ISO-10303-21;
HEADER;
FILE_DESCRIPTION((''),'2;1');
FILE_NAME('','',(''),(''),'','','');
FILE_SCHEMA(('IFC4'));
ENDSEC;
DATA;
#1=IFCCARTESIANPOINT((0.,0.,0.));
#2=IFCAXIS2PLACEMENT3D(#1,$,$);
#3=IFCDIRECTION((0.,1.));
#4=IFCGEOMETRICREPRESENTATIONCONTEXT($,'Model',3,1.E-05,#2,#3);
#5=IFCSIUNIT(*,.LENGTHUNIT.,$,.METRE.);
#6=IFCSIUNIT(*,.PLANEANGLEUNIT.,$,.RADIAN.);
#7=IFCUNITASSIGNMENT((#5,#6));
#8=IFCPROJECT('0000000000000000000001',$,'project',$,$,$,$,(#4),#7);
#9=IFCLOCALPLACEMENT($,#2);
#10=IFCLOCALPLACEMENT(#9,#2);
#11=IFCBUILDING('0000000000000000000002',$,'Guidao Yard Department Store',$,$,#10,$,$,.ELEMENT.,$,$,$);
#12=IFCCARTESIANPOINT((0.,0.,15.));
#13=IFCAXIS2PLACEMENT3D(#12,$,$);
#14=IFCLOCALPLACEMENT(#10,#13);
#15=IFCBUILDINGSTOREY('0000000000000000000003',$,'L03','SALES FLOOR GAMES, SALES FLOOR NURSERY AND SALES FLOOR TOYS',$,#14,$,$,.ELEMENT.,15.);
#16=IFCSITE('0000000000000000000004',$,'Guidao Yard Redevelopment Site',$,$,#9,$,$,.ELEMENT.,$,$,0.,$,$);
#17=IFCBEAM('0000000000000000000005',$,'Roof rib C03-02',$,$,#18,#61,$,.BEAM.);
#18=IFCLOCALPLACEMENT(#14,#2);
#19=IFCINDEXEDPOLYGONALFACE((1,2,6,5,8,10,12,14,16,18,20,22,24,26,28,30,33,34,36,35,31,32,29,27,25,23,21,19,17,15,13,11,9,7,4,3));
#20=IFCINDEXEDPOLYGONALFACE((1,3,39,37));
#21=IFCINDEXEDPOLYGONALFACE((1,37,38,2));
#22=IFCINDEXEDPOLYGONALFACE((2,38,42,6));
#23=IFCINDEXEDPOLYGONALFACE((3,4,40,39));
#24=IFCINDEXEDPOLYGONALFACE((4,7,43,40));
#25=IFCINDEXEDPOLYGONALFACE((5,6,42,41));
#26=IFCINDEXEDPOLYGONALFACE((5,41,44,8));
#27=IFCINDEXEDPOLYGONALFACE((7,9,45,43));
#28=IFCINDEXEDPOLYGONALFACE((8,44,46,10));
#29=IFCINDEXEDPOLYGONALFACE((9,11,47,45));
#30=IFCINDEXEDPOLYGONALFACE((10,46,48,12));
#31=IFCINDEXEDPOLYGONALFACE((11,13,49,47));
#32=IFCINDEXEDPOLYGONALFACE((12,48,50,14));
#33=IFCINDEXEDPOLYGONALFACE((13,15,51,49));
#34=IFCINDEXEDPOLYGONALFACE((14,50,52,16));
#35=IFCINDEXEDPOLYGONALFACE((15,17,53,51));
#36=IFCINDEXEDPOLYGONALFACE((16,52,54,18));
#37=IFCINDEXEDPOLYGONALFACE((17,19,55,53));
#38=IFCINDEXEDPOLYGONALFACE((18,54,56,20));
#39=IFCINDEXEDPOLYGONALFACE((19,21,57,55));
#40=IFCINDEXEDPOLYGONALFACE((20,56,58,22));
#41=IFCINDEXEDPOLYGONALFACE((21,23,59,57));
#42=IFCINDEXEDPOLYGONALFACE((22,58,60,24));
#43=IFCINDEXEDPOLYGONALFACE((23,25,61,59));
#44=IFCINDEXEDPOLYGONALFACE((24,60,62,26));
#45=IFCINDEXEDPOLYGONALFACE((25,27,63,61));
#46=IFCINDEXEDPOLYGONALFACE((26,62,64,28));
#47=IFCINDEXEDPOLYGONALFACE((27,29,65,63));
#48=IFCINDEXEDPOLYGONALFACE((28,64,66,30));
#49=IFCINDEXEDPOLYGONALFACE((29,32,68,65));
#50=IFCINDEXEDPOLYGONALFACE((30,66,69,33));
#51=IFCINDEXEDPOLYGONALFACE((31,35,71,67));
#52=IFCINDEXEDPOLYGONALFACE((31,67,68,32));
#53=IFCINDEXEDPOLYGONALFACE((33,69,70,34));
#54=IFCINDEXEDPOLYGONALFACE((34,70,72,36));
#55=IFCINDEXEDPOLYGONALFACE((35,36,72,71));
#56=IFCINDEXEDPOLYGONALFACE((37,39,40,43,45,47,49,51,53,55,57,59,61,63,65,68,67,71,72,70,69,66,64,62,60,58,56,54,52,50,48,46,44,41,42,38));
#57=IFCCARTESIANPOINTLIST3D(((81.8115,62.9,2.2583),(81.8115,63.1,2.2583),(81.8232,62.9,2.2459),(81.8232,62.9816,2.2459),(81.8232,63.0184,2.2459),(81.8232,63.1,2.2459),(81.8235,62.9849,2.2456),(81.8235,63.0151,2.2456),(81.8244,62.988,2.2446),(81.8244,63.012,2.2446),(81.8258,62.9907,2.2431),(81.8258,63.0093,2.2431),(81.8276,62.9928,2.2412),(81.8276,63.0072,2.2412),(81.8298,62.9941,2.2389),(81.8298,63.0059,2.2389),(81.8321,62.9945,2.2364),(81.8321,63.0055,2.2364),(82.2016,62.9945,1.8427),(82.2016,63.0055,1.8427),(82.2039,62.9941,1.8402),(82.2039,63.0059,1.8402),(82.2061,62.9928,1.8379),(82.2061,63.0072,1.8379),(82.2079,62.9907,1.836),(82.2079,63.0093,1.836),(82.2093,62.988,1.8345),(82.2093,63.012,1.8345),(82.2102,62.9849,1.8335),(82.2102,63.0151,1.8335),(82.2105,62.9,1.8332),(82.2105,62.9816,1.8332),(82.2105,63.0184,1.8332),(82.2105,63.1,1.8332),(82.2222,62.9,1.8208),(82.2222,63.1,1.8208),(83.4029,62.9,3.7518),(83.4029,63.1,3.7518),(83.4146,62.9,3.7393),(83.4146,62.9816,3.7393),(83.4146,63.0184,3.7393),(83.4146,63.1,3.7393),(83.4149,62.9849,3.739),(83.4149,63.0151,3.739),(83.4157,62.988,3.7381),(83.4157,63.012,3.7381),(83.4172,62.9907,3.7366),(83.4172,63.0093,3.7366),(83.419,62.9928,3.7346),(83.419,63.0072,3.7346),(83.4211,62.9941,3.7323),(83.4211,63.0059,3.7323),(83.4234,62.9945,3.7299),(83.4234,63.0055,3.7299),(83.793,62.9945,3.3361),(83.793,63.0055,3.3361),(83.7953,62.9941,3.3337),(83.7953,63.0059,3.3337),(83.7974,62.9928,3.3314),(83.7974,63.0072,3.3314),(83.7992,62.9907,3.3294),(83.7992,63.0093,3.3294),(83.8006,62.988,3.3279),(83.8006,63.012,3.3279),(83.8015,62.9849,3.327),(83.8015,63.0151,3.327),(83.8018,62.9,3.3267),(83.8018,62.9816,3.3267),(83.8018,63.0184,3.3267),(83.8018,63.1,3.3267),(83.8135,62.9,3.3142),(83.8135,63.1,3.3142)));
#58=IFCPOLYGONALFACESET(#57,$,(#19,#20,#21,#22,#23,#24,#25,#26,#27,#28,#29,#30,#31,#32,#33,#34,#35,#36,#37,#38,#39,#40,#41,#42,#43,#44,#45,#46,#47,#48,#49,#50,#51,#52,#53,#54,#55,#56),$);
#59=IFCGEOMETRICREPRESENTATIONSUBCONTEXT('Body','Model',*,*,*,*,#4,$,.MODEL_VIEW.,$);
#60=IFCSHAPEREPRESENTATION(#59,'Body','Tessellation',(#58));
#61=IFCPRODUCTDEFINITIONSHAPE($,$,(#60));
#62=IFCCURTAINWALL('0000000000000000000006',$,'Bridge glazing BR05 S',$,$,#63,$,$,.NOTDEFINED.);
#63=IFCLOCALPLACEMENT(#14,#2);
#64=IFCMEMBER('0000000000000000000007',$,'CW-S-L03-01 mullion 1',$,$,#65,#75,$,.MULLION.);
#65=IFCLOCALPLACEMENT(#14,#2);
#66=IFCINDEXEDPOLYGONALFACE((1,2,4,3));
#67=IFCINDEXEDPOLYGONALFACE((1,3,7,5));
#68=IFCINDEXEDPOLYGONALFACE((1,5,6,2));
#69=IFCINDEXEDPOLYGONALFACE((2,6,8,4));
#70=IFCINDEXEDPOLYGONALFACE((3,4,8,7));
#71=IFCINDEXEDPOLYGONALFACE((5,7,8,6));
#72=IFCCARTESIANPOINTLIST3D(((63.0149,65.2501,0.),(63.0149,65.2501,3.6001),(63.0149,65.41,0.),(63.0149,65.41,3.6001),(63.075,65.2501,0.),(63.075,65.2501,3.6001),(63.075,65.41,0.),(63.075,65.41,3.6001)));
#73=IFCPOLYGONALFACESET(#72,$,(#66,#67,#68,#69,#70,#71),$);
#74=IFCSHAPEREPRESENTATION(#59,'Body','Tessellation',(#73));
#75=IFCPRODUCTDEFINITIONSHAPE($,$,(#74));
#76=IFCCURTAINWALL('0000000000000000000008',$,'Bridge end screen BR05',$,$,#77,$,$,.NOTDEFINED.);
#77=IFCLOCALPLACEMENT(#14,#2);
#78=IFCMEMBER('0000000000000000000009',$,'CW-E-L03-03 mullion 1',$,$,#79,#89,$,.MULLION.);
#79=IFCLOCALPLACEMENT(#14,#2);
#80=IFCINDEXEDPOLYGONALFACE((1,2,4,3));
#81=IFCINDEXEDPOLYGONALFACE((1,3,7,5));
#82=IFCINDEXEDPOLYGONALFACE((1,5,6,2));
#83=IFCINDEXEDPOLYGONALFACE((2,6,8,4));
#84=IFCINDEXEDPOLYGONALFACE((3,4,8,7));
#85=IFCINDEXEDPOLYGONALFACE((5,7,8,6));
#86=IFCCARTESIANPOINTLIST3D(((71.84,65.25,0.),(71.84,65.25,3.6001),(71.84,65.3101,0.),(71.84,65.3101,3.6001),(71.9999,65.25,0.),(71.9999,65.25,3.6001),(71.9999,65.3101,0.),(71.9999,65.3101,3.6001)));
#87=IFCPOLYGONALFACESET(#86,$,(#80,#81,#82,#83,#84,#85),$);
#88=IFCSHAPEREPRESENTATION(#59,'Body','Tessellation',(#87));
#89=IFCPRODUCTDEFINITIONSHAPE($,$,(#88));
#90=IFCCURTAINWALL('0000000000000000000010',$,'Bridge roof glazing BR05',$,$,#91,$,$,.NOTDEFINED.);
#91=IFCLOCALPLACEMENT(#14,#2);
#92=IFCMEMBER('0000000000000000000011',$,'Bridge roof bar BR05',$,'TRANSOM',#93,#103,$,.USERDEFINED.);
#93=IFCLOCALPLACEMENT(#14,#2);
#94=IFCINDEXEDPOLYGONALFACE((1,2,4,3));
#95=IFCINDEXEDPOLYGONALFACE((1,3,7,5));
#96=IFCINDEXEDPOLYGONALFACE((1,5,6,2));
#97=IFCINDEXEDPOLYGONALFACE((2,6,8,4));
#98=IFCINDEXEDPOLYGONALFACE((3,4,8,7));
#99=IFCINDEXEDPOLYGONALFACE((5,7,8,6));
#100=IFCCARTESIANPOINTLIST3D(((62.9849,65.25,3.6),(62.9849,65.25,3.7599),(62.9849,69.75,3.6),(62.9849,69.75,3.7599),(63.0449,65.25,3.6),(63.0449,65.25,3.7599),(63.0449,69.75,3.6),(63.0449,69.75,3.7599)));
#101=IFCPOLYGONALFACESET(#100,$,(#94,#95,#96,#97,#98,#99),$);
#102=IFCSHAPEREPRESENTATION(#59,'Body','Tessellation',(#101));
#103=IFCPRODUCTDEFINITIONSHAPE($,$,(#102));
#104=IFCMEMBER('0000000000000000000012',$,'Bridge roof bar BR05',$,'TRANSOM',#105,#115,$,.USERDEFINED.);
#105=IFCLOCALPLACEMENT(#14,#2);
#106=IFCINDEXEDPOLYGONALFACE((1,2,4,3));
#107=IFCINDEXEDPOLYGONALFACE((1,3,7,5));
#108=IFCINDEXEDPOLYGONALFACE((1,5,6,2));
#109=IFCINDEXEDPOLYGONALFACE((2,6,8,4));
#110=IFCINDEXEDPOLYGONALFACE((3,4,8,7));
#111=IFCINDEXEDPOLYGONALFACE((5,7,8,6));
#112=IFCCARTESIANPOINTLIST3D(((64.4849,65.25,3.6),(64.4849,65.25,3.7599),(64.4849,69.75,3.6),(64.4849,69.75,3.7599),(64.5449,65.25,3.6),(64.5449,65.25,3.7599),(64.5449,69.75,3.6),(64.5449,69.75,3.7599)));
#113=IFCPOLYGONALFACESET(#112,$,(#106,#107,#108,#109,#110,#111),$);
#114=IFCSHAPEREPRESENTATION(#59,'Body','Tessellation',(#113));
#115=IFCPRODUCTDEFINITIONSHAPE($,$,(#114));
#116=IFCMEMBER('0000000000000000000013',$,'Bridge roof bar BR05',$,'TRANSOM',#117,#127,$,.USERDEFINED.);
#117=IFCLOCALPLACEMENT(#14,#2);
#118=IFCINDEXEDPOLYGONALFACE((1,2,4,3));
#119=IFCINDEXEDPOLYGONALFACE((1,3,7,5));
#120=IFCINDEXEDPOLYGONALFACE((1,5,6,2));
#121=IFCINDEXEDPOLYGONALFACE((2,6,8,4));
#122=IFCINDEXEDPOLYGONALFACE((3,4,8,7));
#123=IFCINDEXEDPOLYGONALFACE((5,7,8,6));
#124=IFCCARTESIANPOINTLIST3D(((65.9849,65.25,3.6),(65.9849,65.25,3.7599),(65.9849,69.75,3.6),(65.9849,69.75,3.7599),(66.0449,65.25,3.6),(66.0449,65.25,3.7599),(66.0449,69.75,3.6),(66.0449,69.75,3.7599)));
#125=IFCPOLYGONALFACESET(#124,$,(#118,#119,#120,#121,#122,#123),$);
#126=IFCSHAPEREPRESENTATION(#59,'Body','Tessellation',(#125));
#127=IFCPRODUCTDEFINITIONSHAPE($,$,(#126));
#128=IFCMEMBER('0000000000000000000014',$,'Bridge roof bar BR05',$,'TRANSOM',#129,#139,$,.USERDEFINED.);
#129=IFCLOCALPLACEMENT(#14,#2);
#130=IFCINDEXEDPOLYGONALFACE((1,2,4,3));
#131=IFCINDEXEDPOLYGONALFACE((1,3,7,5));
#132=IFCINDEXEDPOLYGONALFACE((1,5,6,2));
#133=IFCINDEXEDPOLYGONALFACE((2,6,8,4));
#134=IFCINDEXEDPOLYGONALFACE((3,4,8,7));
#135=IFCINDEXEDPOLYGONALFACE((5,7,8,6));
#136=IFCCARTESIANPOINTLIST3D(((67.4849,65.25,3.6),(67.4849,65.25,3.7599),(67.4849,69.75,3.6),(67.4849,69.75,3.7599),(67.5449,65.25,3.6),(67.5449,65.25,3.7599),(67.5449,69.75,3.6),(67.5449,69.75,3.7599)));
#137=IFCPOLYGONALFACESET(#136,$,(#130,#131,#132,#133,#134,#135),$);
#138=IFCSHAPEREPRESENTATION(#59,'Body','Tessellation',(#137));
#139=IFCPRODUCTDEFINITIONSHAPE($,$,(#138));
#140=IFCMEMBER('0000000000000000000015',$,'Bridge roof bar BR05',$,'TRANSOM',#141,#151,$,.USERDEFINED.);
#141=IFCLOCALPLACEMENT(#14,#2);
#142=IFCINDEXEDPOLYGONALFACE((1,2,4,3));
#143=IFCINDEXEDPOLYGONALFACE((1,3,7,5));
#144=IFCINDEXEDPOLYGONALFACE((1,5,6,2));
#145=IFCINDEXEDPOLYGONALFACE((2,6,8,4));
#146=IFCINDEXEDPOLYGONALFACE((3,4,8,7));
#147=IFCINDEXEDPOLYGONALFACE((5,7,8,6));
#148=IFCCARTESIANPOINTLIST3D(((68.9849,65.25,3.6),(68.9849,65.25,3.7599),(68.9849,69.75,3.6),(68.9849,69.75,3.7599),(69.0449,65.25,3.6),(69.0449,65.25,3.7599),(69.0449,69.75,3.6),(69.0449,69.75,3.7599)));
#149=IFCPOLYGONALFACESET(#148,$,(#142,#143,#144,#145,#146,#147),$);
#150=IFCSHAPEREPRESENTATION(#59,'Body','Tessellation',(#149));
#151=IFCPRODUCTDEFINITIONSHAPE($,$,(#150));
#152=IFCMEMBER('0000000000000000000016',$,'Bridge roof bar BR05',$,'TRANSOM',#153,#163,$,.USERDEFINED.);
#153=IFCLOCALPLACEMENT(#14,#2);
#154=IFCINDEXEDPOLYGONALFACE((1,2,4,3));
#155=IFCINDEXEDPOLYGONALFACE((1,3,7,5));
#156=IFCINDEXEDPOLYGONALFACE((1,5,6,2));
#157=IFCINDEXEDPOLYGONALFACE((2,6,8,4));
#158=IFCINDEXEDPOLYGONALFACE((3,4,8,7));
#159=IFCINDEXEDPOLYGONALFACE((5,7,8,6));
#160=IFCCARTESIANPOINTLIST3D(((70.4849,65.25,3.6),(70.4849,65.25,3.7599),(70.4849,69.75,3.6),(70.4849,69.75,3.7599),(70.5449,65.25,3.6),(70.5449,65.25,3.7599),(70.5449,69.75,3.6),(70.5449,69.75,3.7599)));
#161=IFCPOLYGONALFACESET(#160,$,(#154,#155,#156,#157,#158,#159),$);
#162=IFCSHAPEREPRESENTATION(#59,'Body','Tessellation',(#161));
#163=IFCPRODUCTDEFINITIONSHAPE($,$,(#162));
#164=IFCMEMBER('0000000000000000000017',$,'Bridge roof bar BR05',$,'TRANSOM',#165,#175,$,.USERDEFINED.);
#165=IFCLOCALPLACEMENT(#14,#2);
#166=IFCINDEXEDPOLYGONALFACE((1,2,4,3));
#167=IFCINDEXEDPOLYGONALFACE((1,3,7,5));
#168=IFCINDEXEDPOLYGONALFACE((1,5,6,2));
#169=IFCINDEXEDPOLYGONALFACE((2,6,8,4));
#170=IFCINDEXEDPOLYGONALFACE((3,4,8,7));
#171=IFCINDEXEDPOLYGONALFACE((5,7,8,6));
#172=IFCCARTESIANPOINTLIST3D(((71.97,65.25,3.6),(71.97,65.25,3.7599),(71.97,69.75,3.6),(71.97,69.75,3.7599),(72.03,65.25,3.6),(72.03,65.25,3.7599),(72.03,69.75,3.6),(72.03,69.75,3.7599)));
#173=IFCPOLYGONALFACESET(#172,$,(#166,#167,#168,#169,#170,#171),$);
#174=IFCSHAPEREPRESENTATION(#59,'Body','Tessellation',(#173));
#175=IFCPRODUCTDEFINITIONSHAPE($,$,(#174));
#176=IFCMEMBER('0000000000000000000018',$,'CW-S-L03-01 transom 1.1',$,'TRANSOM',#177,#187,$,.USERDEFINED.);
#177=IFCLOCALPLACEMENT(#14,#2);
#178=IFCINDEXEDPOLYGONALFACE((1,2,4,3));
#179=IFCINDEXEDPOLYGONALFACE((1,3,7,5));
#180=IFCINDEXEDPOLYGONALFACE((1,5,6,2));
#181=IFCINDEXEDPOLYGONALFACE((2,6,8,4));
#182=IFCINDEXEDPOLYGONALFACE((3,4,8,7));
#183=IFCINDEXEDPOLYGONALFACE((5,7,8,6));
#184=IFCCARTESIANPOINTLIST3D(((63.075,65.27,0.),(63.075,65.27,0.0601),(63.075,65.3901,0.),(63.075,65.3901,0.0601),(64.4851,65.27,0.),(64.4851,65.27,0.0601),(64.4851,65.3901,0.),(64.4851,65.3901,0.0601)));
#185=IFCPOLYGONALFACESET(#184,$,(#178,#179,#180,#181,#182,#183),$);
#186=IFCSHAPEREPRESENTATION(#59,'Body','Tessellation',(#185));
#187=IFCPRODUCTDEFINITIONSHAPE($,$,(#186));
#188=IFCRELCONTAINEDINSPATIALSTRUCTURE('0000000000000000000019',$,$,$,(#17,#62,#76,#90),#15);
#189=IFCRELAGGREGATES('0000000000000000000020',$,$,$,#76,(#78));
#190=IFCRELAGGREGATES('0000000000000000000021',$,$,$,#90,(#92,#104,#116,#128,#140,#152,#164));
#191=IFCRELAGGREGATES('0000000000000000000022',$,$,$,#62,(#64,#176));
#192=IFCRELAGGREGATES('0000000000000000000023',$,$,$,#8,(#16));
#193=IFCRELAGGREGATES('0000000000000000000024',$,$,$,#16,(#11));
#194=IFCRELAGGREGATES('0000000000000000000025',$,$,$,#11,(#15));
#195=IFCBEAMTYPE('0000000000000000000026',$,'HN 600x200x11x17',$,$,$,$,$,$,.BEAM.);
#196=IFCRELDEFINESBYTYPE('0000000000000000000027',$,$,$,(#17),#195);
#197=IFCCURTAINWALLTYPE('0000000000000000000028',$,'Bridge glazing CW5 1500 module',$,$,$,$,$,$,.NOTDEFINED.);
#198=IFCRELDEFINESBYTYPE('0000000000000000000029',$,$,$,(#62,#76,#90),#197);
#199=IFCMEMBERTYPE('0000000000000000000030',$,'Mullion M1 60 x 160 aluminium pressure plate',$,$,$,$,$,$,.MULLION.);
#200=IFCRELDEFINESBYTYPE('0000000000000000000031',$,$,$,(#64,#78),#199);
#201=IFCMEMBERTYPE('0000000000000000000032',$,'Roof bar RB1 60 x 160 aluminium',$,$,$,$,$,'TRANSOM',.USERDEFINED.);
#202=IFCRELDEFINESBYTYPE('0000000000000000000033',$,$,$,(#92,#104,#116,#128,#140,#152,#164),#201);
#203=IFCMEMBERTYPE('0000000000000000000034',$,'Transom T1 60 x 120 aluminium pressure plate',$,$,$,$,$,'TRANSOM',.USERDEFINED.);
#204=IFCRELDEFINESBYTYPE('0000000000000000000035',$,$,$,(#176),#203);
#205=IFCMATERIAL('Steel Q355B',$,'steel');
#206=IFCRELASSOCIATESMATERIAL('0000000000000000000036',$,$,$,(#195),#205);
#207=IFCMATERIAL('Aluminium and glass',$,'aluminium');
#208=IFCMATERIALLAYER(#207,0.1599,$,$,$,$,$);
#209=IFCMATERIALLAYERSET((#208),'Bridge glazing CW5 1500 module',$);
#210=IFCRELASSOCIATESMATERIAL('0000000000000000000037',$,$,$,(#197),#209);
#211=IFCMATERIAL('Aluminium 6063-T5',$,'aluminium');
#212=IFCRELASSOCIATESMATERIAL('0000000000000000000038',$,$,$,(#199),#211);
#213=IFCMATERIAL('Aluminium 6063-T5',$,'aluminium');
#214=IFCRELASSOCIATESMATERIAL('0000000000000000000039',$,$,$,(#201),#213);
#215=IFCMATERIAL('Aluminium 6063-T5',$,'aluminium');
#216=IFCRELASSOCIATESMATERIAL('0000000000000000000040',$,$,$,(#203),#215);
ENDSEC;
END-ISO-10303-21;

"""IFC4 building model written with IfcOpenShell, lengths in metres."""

from ifc_helpers import new_model, si_unit, direction, frame, origin, origin_2d, place, context, subcontext, project, spatial, rectangle, i_section, extrude, material, layer, layer_set, material_profile, profile_set, type_object, element, aggregate, save


model = new_model("IFC4")

# Units and contexts
model_context = context("Model", 3, precision=1e-05, world=origin(), true_north=direction((0.0, 1.0)))
body_context = subcontext(model_context, "Body", "Model", "MODEL_VIEW")
ifc_project = project(units=[si_unit("LENGTHUNIT", "METRE"), si_unit("PLANEANGLEUNIT", "RADIAN")], contexts=[model_context])

# Site, building, storey
site_placement = place(None, origin())
site = spatial("IfcSite", under=ifc_project, at=site_placement, Name="Guidao Yard Redevelopment Site", CompositionType="ELEMENT", RefElevation=0.0)
building_placement = place(site_placement, origin())
building = spatial("IfcBuilding", under=site, at=building_placement, Name="Guidao Yard Department Store", CompositionType="ELEMENT")
storey_placement = place(building_placement, frame((0.0, 0.0, 15.0)))
storey = spatial("IfcBuildingStorey", under=building, at=storey_placement, Name="L03", Description="SALES FLOOR GAMES, SALES FLOOR NURSERY AND SALES FLOOR TOYS", CompositionType="ELEMENT", Elevation=15.0)

# Beam
ifc_material_1 = material(Name="Steel Q355B", Category="steel")
ifc_material_profile_1 = material_profile(ifc_material_1, i_section(OverallWidth=0.2, OverallDepth=0.6001, WebThickness=0.011, FlangeThickness=0.0171, FilletRadius=0.0129, at=origin_2d()), Name="HN 600x200x11x17")
ifc_profile_set_1 = profile_set([ifc_material_profile_1], Name="Steel Q355B")
beam_type_1 = type_object("IfcBeamType", Name="HN 600x200x11x17", PredefinedType="BEAM", material=ifc_profile_set_1)
beam_1_placement = place(storey_placement, frame((82.0168, 63.0, 2.0396), z_axis=(0.729181, 0.0, 0.684321), x_axis=(0.0, 1.0, 0.0)))
element("IfcBeam", 1, at=beam_1_placement, inside=storey, type_object=beam_type_1, Name="Roof rib C03-02", PredefinedType="BEAM", context=body_context, shape_type="SweptSolid", body=[
    extrude(i_section(OverallWidth=0.2, OverallDepth=0.6001, WebThickness=0.011, FlangeThickness=0.0171, FilletRadius=0.0129, at=origin_2d()), origin(), (0.0, 0.0, 1.0), 2.1824),
])

# Curtain walls, members
ifc_material_2 = material(Name="Aluminium and glass", Category="aluminium")
ifc_layer_1 = layer(ifc_material_2, 0.1599)
ifc_layer_set_1 = layer_set([ifc_layer_1], Name="Bridge glazing CW5 1500 module")
curtain_wall_type = type_object("IfcCurtainWallType", Name="Bridge glazing CW5 1500 module", PredefinedType="NOTDEFINED", material=ifc_layer_set_1)
curtain_wall_1_placement = place(storey_placement, origin())
curtain_wall_1 = element("IfcCurtainWall", 2, at=curtain_wall_1_placement, inside=storey, type_object=curtain_wall_type, Name="Bridge glazing BR05 S", PredefinedType="NOTDEFINED")
ifc_material_3 = material(Name="Aluminium 6063-T5", Category="aluminium")
ifc_material_profile_2 = material_profile(ifc_material_3, rectangle(XDim=0.0601, YDim=0.1599, at=origin_2d()), Name="Mullion M1 60 x 160 aluminium pressure plate")
ifc_profile_set_2 = profile_set([ifc_material_profile_2], Name="Aluminium 6063-T5")
member_type_1 = type_object("IfcMemberType", Name="Mullion M1 60 x 160 aluminium pressure plate", PredefinedType="MULLION", material=ifc_profile_set_2)
member_1_placement = place(storey_placement, frame((63.0449, 65.3301, 0.0), z_axis=(0.0, 0.0, 1.0), x_axis=(-1.0, 0.0, 0.0)))
member_1 = element("IfcMember", 3, at=member_1_placement, type_object=member_type_1, Name="CW-S-L03-01 mullion 1", PredefinedType="MULLION", context=body_context, shape_type="SweptSolid", body=[
    extrude(rectangle(XDim=0.0601, YDim=0.1599, at=origin_2d()), origin(), (0.0, 0.0, 1.0), 3.6001),
])
curtain_wall_2_placement = place(storey_placement, origin())
curtain_wall_2 = element("IfcCurtainWall", 4, at=curtain_wall_2_placement, inside=storey, type_object=curtain_wall_type, Name="Bridge end screen BR05", PredefinedType="NOTDEFINED")
member_2_placement = place(storey_placement, frame((71.9199, 65.28, 0.0), z_axis=(0.0, 0.0, 1.0), x_axis=(0.0, -1.0, 0.0)))
member_2 = element("IfcMember", 5, at=member_2_placement, type_object=member_type_1, Name="CW-E-L03-03 mullion 1", PredefinedType="MULLION", context=body_context, shape_type="SweptSolid", body=[
    extrude(rectangle(XDim=0.0601, YDim=0.1599, at=origin_2d()), origin(), (0.0, 0.0, 1.0), 3.6001),
])
aggregate(curtain_wall_2, [member_2])

# Curtain wall, members
curtain_wall_3_placement = place(storey_placement, origin())
curtain_wall_3 = element("IfcCurtainWall", 6, at=curtain_wall_3_placement, inside=storey, type_object=curtain_wall_type, Name="Bridge roof glazing BR05", PredefinedType="NOTDEFINED")
ifc_material_4 = material(Name="Aluminium 6063-T5", Category="aluminium")
ifc_material_profile_3 = material_profile(ifc_material_4, rectangle(XDim=0.0601, YDim=0.1599, at=origin_2d()), Name="Roof bar RB1 60 x 160 aluminium")
ifc_profile_set_3 = profile_set([ifc_material_profile_3], Name="Aluminium 6063-T5")
member_type_2 = type_object("IfcMemberType", Name="Roof bar RB1 60 x 160 aluminium", ElementType="TRANSOM", PredefinedType="USERDEFINED", material=ifc_profile_set_3)
member_3_placement = place(storey_placement, frame((63.0149, 65.25, 3.6799), z_axis=(0.0, 1.0, 0.0), x_axis=(-1.0, 0.0, 0.0)))
member_3 = element("IfcMember", 7, at=member_3_placement, type_object=member_type_2, Name="Bridge roof bar BR05", ObjectType="TRANSOM", PredefinedType="USERDEFINED", context=body_context, shape_type="SweptSolid", body=[
    extrude(rectangle(XDim=0.0601, YDim=0.1599, at=origin_2d()), origin(), (0.0, 0.0, 1.0), 4.5),
])
member_4_placement = place(storey_placement, frame((64.5149, 65.25, 3.6799), z_axis=(0.0, 1.0, 0.0), x_axis=(-1.0, 0.0, 0.0)))
member_4 = element("IfcMember", 8, at=member_4_placement, type_object=member_type_2, Name="Bridge roof bar BR05", ObjectType="TRANSOM", PredefinedType="USERDEFINED", context=body_context, shape_type="SweptSolid", body=[
    extrude(rectangle(XDim=0.0601, YDim=0.1599, at=origin_2d()), origin(), (0.0, 0.0, 1.0), 4.5),
])
member_5_placement = place(storey_placement, frame((66.0149, 65.25, 3.6799), z_axis=(0.0, 1.0, 0.0), x_axis=(-1.0, 0.0, 0.0)))
member_5 = element("IfcMember", 9, at=member_5_placement, type_object=member_type_2, Name="Bridge roof bar BR05", ObjectType="TRANSOM", PredefinedType="USERDEFINED", context=body_context, shape_type="SweptSolid", body=[
    extrude(rectangle(XDim=0.0601, YDim=0.1599, at=origin_2d()), origin(), (0.0, 0.0, 1.0), 4.5),
])
member_6_placement = place(storey_placement, frame((67.5149, 65.25, 3.6799), z_axis=(0.0, 1.0, 0.0), x_axis=(-1.0, 0.0, 0.0)))
member_6 = element("IfcMember", 10, at=member_6_placement, type_object=member_type_2, Name="Bridge roof bar BR05", ObjectType="TRANSOM", PredefinedType="USERDEFINED", context=body_context, shape_type="SweptSolid", body=[
    extrude(rectangle(XDim=0.0601, YDim=0.1599, at=origin_2d()), origin(), (0.0, 0.0, 1.0), 4.5),
])
member_7_placement = place(storey_placement, frame((69.0149, 65.25, 3.6799), z_axis=(0.0, 1.0, 0.0), x_axis=(-1.0, 0.0, 0.0)))
member_7 = element("IfcMember", 11, at=member_7_placement, type_object=member_type_2, Name="Bridge roof bar BR05", ObjectType="TRANSOM", PredefinedType="USERDEFINED", context=body_context, shape_type="SweptSolid", body=[
    extrude(rectangle(XDim=0.0601, YDim=0.1599, at=origin_2d()), origin(), (0.0, 0.0, 1.0), 4.5),
])
member_8_placement = place(storey_placement, frame((70.5149, 65.25, 3.6799), z_axis=(0.0, 1.0, 0.0), x_axis=(-1.0, 0.0, 0.0)))
member_8 = element("IfcMember", 12, at=member_8_placement, type_object=member_type_2, Name="Bridge roof bar BR05", ObjectType="TRANSOM", PredefinedType="USERDEFINED", context=body_context, shape_type="SweptSolid", body=[
    extrude(rectangle(XDim=0.0601, YDim=0.1599, at=origin_2d()), origin(), (0.0, 0.0, 1.0), 4.5),
])
member_9_placement = place(storey_placement, frame((72.0, 65.25, 3.6799), z_axis=(0.0, 1.0, 0.0), x_axis=(-1.0, 0.0, 0.0)))
member_9 = element("IfcMember", 13, at=member_9_placement, type_object=member_type_2, Name="Bridge roof bar BR05", ObjectType="TRANSOM", PredefinedType="USERDEFINED", context=body_context, shape_type="SweptSolid", body=[
    extrude(rectangle(XDim=0.0601, YDim=0.1599, at=origin_2d()), origin(), (0.0, 0.0, 1.0), 4.5),
])
aggregate(curtain_wall_3, [member_3, member_4, member_5, member_6, member_7, member_8, member_9])

# Member
ifc_material_5 = material(Name="Aluminium 6063-T5", Category="aluminium")
ifc_material_profile_4 = material_profile(ifc_material_5, rectangle(XDim=0.1201, YDim=0.0601, at=origin_2d()), Name="Transom T1 60 x 120 aluminium pressure plate")
ifc_profile_set_4 = profile_set([ifc_material_profile_4], Name="Aluminium 6063-T5")
member_type_3 = type_object("IfcMemberType", Name="Transom T1 60 x 120 aluminium pressure plate", ElementType="TRANSOM", PredefinedType="USERDEFINED", material=ifc_profile_set_4)
member_10_placement = place(storey_placement, frame((64.4851, 65.3301, 0.03), z_axis=(-1.0, 0.0, 0.0), x_axis=(0.0, -1.0, 0.0)))
member_10 = element("IfcMember", 14, at=member_10_placement, type_object=member_type_3, Name="CW-S-L03-01 transom 1.1", ObjectType="TRANSOM", PredefinedType="USERDEFINED", context=body_context, shape_type="SweptSolid", body=[
    extrude(rectangle(XDim=0.1201, YDim=0.0601, at=origin_2d()), origin(), (0.0, 0.0, 1.0), 1.4102),
])

aggregate(curtain_wall_1, [member_1, member_10])

save(model, "model.ifc")
